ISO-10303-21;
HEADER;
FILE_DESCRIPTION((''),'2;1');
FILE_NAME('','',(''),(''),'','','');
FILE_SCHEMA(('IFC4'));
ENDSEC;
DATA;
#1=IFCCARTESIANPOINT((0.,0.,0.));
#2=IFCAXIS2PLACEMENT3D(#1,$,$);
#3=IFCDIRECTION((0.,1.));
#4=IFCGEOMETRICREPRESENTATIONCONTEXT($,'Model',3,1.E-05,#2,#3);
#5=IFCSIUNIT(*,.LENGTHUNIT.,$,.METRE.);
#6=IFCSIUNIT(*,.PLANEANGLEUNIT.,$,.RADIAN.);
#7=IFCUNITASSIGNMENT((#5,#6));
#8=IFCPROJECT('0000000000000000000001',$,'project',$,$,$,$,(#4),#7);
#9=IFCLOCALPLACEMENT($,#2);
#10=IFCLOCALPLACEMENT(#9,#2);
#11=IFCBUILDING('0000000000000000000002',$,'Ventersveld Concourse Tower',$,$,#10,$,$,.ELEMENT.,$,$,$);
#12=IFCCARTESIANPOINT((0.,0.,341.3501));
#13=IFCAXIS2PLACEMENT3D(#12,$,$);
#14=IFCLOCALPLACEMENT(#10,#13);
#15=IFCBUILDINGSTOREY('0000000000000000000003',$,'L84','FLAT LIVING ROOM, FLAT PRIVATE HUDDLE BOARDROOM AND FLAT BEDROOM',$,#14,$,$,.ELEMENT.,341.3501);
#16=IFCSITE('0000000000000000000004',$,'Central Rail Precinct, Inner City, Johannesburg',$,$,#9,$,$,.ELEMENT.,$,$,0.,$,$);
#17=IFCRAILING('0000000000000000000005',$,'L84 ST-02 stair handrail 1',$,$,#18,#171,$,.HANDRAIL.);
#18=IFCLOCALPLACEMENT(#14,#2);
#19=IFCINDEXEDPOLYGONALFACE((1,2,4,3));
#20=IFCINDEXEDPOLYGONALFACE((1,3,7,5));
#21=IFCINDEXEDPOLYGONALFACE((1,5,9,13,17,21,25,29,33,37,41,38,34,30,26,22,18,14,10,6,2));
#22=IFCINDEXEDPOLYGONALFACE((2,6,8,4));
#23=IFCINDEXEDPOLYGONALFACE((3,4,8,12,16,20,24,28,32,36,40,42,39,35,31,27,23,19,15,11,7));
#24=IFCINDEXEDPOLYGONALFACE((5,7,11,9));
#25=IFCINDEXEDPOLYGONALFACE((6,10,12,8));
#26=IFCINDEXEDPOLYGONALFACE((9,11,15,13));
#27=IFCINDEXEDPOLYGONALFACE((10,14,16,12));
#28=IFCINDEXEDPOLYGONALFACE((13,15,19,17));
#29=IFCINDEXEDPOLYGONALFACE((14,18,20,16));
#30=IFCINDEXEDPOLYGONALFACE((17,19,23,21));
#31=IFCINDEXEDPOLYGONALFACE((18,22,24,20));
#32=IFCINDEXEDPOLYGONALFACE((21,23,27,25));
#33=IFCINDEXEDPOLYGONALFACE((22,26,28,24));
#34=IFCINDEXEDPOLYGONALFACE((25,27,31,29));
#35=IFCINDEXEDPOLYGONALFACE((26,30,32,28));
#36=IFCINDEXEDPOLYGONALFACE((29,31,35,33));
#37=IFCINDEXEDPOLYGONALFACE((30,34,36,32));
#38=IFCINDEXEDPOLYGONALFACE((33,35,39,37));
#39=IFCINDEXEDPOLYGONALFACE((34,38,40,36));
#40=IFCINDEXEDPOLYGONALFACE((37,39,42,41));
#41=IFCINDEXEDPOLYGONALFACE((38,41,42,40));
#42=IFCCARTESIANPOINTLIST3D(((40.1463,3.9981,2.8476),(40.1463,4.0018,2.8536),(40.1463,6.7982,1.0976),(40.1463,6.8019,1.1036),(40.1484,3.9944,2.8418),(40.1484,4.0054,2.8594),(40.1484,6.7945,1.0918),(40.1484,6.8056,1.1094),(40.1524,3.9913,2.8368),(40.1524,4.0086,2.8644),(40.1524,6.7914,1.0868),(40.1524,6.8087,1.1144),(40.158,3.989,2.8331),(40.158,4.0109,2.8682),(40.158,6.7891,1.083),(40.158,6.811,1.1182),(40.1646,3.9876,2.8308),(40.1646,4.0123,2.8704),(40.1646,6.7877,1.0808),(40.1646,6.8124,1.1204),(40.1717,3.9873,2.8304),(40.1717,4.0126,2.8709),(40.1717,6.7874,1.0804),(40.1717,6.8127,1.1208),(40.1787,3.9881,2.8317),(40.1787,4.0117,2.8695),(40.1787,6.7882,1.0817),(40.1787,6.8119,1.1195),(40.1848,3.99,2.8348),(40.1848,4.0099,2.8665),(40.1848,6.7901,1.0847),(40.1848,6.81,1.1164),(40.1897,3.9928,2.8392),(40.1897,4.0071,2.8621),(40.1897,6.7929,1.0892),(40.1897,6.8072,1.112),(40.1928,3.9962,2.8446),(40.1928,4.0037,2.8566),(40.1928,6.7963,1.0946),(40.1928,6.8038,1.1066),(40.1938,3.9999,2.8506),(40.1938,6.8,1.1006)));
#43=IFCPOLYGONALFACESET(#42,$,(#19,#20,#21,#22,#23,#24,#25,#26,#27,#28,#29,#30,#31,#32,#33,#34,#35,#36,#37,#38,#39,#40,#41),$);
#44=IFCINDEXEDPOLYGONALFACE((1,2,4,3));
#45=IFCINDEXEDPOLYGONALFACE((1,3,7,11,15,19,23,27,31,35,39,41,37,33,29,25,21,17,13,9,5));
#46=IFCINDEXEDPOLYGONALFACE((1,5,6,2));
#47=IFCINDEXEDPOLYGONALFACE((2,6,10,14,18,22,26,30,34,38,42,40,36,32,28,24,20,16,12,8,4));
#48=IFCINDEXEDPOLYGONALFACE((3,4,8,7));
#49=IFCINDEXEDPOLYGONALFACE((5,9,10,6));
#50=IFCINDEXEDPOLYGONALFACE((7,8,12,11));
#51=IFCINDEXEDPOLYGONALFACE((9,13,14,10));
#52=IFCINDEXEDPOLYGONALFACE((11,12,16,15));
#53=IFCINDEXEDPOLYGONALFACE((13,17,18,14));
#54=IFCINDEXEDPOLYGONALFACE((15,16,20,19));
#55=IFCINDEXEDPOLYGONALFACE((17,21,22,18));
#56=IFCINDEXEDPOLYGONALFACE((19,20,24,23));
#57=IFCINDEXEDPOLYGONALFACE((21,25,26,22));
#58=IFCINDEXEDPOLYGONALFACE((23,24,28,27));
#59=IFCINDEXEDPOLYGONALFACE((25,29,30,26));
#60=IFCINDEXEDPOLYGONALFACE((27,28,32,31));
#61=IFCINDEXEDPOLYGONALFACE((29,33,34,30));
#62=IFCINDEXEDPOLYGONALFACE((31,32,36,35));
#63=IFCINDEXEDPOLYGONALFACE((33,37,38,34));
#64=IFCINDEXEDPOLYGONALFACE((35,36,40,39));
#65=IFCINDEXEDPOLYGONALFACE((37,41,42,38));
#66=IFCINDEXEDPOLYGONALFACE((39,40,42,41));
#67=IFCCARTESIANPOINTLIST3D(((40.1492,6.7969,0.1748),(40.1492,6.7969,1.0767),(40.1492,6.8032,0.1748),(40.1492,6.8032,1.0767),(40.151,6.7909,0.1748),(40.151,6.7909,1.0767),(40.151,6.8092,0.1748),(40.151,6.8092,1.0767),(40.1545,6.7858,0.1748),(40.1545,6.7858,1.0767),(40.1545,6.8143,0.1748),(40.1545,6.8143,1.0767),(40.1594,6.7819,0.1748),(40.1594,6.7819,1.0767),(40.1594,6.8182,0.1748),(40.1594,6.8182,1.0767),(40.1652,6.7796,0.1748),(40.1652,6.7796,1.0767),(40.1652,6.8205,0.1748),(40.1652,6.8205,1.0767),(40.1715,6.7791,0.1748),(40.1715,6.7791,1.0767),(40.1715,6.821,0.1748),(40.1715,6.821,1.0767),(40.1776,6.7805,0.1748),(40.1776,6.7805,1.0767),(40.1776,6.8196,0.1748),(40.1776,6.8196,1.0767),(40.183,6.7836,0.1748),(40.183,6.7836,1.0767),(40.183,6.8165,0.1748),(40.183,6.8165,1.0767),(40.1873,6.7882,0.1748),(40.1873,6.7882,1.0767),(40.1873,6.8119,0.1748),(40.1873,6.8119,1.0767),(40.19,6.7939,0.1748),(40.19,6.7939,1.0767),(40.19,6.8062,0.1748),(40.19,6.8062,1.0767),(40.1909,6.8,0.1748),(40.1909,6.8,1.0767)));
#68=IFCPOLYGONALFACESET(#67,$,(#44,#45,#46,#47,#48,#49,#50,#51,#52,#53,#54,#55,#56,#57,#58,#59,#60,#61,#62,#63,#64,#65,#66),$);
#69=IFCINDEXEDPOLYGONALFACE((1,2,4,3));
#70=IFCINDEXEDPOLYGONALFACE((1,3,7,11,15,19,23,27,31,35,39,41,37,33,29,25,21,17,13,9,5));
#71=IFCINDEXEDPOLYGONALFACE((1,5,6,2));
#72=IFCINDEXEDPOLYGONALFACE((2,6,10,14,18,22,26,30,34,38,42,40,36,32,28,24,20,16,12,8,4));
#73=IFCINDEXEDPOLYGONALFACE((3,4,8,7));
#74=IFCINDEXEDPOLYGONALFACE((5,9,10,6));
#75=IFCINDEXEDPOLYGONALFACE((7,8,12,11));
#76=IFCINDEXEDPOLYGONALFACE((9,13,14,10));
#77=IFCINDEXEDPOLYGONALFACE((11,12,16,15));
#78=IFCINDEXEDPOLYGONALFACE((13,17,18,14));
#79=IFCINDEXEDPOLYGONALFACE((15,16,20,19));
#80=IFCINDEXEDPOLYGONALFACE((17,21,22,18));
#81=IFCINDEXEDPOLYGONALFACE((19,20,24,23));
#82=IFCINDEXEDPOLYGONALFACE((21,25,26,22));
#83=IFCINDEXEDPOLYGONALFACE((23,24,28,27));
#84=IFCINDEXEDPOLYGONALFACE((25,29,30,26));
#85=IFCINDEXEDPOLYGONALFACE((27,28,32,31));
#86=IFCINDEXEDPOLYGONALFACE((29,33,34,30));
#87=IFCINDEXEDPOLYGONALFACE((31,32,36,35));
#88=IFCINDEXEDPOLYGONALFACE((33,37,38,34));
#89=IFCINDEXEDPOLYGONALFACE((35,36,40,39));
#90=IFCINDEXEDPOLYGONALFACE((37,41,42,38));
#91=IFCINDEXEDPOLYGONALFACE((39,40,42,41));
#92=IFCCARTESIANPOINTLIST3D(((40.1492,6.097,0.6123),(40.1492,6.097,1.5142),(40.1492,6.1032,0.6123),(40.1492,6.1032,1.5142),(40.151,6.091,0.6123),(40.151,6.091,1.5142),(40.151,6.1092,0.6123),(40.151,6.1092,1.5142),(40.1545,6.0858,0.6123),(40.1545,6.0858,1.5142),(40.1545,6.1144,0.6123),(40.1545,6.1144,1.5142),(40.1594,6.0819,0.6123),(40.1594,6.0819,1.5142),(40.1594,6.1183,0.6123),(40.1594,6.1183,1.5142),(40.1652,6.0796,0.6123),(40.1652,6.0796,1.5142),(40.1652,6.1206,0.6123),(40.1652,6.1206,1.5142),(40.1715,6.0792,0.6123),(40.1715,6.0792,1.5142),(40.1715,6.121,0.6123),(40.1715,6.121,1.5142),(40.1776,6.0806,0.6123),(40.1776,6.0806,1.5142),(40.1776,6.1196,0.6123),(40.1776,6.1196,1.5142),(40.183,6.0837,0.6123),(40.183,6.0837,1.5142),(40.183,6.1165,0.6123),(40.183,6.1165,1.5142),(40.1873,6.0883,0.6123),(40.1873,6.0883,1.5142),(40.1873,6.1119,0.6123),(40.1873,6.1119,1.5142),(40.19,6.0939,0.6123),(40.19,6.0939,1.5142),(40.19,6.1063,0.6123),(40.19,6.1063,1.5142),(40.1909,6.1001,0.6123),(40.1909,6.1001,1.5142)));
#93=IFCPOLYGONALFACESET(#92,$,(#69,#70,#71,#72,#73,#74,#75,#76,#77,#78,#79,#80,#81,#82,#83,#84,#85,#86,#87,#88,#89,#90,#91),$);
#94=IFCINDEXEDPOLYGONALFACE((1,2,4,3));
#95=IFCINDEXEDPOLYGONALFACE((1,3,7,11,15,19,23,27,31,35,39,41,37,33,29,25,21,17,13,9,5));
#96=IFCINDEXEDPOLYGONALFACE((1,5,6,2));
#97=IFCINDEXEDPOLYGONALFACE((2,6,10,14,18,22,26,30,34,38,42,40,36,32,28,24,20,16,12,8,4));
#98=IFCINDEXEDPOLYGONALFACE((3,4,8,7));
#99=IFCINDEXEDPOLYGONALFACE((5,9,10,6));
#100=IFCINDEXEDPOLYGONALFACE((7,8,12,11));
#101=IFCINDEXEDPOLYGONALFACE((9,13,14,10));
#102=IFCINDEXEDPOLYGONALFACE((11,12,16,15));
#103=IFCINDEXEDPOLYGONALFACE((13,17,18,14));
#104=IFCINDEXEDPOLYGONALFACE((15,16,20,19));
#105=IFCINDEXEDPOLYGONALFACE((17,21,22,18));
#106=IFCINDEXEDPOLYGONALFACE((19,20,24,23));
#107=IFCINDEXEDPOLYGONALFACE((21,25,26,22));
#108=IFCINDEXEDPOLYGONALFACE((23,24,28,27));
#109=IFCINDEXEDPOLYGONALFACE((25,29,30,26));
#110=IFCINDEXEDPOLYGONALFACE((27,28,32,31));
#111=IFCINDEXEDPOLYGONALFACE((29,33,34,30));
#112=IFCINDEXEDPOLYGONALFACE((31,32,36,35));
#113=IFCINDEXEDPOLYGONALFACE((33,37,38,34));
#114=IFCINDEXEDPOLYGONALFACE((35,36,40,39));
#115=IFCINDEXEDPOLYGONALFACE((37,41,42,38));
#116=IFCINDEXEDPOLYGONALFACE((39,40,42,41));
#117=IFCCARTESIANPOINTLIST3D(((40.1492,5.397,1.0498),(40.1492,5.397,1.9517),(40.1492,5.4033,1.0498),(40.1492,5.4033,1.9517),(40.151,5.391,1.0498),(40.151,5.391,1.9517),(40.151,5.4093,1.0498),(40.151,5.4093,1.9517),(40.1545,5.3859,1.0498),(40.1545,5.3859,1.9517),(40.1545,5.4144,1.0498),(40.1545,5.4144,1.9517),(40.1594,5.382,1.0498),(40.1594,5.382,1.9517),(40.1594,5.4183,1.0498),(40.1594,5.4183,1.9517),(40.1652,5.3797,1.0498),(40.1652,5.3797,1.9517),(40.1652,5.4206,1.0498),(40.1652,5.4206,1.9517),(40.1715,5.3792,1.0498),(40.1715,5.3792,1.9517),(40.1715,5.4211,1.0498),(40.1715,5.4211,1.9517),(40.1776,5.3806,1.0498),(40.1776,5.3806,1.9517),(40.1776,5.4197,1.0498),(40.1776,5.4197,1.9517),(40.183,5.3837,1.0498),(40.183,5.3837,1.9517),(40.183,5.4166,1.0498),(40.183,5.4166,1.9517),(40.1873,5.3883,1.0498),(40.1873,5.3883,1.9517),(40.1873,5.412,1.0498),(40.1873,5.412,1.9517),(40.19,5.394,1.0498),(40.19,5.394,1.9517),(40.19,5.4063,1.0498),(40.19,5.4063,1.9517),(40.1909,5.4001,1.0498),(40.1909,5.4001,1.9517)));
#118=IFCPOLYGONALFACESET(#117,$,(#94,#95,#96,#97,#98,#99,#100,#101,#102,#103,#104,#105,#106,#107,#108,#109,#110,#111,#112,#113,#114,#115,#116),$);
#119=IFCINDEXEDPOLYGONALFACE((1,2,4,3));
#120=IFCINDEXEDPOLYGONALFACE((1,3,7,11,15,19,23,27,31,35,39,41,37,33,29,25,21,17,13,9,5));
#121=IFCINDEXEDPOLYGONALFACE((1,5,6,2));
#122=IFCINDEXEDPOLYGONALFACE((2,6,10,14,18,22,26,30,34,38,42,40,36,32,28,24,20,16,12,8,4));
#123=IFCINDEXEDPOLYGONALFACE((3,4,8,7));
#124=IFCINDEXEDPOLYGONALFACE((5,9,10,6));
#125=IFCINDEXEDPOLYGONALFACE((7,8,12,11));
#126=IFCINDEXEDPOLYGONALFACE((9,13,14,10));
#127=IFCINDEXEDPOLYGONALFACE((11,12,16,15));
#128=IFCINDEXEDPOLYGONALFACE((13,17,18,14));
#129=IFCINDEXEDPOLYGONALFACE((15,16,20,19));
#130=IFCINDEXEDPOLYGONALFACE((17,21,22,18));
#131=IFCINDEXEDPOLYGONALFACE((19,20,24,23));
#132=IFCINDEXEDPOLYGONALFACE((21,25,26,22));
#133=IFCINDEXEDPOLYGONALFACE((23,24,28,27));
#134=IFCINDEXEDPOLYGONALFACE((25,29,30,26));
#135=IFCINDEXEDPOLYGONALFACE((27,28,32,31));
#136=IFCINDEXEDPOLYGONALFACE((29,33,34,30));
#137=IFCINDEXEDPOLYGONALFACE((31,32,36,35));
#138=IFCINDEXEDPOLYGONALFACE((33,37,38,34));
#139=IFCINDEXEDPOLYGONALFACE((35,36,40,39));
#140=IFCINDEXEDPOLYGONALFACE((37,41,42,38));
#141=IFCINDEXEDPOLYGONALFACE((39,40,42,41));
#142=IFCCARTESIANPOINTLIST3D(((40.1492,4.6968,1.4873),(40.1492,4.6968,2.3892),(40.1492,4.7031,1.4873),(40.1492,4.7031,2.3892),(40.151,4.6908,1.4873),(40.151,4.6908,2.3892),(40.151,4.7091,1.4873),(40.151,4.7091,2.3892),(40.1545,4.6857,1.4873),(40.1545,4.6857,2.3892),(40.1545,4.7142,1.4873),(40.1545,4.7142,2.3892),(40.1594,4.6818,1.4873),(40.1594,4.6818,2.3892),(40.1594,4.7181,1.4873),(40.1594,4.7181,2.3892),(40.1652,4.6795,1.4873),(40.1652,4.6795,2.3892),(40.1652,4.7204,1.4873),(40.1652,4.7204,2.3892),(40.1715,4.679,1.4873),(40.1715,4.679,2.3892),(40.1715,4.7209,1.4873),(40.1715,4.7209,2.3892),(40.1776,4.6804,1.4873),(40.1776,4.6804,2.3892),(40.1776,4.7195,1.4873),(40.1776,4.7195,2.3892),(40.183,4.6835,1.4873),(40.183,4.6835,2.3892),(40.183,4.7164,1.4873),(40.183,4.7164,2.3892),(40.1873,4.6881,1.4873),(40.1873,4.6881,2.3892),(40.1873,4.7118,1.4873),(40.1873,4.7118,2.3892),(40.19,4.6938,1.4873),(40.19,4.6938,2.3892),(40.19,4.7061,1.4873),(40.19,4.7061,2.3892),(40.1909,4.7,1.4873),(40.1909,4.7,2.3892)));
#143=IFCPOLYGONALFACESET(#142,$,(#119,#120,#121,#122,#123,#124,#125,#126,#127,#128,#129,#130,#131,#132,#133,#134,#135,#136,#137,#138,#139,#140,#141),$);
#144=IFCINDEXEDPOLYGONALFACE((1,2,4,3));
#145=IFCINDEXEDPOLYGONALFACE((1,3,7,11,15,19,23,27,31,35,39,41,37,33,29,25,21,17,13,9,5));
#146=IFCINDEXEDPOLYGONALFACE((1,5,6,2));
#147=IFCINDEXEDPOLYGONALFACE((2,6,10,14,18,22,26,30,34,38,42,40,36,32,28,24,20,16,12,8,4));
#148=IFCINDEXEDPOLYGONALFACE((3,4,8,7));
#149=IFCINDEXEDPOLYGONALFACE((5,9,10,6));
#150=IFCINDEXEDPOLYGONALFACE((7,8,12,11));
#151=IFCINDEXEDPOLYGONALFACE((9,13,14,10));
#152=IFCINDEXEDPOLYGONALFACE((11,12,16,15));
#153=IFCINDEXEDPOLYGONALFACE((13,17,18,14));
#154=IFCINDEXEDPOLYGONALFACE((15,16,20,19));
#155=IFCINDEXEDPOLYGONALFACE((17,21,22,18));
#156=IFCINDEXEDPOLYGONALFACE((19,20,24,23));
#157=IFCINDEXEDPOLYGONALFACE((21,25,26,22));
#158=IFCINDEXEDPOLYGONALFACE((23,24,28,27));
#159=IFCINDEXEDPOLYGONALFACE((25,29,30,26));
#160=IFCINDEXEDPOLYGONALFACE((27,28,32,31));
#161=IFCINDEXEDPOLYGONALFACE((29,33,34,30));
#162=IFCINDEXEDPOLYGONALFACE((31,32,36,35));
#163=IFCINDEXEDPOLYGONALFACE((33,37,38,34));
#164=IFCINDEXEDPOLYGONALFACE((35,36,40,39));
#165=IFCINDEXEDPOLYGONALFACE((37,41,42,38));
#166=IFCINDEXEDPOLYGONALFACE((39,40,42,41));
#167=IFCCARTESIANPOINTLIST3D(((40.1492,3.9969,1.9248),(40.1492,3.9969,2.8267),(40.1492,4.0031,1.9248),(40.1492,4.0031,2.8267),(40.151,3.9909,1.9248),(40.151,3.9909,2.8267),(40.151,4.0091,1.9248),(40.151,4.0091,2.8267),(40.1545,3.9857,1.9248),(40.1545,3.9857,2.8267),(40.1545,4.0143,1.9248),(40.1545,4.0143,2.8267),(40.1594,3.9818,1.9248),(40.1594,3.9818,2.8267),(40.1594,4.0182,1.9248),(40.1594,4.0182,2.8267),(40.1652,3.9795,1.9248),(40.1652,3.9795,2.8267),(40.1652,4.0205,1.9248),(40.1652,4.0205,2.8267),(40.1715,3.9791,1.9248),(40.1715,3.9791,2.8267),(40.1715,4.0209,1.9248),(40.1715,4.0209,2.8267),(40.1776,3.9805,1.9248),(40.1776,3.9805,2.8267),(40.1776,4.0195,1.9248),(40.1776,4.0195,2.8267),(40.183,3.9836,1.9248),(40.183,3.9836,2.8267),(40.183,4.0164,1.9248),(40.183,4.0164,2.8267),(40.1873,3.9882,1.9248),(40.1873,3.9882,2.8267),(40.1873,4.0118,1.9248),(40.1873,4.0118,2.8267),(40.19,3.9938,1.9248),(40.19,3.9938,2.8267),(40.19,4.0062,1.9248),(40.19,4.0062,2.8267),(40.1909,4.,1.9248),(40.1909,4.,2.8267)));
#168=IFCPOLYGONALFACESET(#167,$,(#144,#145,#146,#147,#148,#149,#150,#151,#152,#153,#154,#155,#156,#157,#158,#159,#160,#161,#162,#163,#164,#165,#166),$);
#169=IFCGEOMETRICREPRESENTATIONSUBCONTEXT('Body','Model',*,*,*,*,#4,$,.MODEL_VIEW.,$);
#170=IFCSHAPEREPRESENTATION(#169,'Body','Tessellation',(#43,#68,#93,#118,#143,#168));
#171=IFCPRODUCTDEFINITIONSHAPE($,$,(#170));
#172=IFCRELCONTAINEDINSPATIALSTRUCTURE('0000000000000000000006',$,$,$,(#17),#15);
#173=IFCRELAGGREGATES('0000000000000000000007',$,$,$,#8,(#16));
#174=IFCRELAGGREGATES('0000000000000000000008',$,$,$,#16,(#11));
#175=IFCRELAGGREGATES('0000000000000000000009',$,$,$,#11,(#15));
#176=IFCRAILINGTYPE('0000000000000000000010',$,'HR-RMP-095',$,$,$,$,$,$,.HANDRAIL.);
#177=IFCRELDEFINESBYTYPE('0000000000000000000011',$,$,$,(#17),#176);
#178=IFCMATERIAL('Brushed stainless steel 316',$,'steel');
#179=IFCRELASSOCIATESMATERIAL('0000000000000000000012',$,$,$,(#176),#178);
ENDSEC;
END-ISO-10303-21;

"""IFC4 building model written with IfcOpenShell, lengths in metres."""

from ifc_helpers import new_model, si_unit, direction, frame, origin, origin_2d, place, context, subcontext, project, spatial, circle, extrude, material, type_object, element, save


model = new_model("IFC4")

# Units and contexts
model_context = context("Model", 3, precision=1e-05, world=origin(), true_north=direction((0.0, 1.0)))
body_context = subcontext(model_context, "Body", "Model", "MODEL_VIEW")
ifc_project = project(units=[si_unit("LENGTHUNIT", "METRE"), si_unit("PLANEANGLEUNIT", "RADIAN")], contexts=[model_context])

# Site, building, storey
site_placement = place(None, origin())
site = spatial("IfcSite", under=ifc_project, at=site_placement, Name="Central Rail Precinct, Inner City, Johannesburg", CompositionType="ELEMENT", RefElevation=0.0)
building_placement = place(site_placement, origin())
building = spatial("IfcBuilding", under=site, at=building_placement, Name="Ventersveld Concourse Tower", CompositionType="ELEMENT")
storey_placement = place(building_placement, frame((0.0, 0.0, 341.3501)))
storey = spatial("IfcBuildingStorey", under=building, at=storey_placement, Name="L84", Description="FLAT LIVING ROOM, FLAT PRIVATE HUDDLE BOARDROOM AND FLAT BEDROOM", CompositionType="ELEMENT", Elevation=341.3501)

# Shared definitions
ifc_material_1 = material(Name="Brushed stainless steel 316", Category="steel")

# Railing
railing_type_1 = type_object("IfcRailingType", Name="HR-RMP-095", PredefinedType="HANDRAIL", material=ifc_material_1)
railing_1_placement = place(storey_placement, frame((40.1699, 6.8, 0.1748)))
element("IfcRailing", 1, at=railing_1_placement, inside=storey, type_object=railing_type_1, Name="L84 ST-02 stair handrail 1", PredefinedType="HANDRAIL", context=body_context, shape_type="SweptSolid", body=[
    extrude(circle(Radius=0.0239, at=origin_2d()), frame((0.0, 0.0, 0.9258), z_axis=(0.0, -0.848002, 0.529992), x_axis=(1.0, 0.0, 0.0)), (0.0, 0.0, 1.0), 3.302),
    extrude(circle(Radius=0.021, at=origin_2d()), origin(), (0.0, 0.0, 1.0), 0.9019),
    extrude(circle(Radius=0.021, at=origin_2d()), frame((0.0, -0.7, 0.4375)), (0.0, 0.0, 1.0), 0.9019),
    extrude(circle(Radius=0.021, at=origin_2d()), frame((0.0, -1.3999, 0.875)), (0.0, 0.0, 1.0), 0.9019),
    extrude(circle(Radius=0.021, at=origin_2d()), frame((0.0, -2.1001, 1.3125)), (0.0, 0.0, 1.0), 0.9019),
    extrude(circle(Radius=0.021, at=origin_2d()), frame((0.0, -2.8, 1.75)), (0.0, 0.0, 1.0), 0.9019),
])

save(model, "model.ifc")
